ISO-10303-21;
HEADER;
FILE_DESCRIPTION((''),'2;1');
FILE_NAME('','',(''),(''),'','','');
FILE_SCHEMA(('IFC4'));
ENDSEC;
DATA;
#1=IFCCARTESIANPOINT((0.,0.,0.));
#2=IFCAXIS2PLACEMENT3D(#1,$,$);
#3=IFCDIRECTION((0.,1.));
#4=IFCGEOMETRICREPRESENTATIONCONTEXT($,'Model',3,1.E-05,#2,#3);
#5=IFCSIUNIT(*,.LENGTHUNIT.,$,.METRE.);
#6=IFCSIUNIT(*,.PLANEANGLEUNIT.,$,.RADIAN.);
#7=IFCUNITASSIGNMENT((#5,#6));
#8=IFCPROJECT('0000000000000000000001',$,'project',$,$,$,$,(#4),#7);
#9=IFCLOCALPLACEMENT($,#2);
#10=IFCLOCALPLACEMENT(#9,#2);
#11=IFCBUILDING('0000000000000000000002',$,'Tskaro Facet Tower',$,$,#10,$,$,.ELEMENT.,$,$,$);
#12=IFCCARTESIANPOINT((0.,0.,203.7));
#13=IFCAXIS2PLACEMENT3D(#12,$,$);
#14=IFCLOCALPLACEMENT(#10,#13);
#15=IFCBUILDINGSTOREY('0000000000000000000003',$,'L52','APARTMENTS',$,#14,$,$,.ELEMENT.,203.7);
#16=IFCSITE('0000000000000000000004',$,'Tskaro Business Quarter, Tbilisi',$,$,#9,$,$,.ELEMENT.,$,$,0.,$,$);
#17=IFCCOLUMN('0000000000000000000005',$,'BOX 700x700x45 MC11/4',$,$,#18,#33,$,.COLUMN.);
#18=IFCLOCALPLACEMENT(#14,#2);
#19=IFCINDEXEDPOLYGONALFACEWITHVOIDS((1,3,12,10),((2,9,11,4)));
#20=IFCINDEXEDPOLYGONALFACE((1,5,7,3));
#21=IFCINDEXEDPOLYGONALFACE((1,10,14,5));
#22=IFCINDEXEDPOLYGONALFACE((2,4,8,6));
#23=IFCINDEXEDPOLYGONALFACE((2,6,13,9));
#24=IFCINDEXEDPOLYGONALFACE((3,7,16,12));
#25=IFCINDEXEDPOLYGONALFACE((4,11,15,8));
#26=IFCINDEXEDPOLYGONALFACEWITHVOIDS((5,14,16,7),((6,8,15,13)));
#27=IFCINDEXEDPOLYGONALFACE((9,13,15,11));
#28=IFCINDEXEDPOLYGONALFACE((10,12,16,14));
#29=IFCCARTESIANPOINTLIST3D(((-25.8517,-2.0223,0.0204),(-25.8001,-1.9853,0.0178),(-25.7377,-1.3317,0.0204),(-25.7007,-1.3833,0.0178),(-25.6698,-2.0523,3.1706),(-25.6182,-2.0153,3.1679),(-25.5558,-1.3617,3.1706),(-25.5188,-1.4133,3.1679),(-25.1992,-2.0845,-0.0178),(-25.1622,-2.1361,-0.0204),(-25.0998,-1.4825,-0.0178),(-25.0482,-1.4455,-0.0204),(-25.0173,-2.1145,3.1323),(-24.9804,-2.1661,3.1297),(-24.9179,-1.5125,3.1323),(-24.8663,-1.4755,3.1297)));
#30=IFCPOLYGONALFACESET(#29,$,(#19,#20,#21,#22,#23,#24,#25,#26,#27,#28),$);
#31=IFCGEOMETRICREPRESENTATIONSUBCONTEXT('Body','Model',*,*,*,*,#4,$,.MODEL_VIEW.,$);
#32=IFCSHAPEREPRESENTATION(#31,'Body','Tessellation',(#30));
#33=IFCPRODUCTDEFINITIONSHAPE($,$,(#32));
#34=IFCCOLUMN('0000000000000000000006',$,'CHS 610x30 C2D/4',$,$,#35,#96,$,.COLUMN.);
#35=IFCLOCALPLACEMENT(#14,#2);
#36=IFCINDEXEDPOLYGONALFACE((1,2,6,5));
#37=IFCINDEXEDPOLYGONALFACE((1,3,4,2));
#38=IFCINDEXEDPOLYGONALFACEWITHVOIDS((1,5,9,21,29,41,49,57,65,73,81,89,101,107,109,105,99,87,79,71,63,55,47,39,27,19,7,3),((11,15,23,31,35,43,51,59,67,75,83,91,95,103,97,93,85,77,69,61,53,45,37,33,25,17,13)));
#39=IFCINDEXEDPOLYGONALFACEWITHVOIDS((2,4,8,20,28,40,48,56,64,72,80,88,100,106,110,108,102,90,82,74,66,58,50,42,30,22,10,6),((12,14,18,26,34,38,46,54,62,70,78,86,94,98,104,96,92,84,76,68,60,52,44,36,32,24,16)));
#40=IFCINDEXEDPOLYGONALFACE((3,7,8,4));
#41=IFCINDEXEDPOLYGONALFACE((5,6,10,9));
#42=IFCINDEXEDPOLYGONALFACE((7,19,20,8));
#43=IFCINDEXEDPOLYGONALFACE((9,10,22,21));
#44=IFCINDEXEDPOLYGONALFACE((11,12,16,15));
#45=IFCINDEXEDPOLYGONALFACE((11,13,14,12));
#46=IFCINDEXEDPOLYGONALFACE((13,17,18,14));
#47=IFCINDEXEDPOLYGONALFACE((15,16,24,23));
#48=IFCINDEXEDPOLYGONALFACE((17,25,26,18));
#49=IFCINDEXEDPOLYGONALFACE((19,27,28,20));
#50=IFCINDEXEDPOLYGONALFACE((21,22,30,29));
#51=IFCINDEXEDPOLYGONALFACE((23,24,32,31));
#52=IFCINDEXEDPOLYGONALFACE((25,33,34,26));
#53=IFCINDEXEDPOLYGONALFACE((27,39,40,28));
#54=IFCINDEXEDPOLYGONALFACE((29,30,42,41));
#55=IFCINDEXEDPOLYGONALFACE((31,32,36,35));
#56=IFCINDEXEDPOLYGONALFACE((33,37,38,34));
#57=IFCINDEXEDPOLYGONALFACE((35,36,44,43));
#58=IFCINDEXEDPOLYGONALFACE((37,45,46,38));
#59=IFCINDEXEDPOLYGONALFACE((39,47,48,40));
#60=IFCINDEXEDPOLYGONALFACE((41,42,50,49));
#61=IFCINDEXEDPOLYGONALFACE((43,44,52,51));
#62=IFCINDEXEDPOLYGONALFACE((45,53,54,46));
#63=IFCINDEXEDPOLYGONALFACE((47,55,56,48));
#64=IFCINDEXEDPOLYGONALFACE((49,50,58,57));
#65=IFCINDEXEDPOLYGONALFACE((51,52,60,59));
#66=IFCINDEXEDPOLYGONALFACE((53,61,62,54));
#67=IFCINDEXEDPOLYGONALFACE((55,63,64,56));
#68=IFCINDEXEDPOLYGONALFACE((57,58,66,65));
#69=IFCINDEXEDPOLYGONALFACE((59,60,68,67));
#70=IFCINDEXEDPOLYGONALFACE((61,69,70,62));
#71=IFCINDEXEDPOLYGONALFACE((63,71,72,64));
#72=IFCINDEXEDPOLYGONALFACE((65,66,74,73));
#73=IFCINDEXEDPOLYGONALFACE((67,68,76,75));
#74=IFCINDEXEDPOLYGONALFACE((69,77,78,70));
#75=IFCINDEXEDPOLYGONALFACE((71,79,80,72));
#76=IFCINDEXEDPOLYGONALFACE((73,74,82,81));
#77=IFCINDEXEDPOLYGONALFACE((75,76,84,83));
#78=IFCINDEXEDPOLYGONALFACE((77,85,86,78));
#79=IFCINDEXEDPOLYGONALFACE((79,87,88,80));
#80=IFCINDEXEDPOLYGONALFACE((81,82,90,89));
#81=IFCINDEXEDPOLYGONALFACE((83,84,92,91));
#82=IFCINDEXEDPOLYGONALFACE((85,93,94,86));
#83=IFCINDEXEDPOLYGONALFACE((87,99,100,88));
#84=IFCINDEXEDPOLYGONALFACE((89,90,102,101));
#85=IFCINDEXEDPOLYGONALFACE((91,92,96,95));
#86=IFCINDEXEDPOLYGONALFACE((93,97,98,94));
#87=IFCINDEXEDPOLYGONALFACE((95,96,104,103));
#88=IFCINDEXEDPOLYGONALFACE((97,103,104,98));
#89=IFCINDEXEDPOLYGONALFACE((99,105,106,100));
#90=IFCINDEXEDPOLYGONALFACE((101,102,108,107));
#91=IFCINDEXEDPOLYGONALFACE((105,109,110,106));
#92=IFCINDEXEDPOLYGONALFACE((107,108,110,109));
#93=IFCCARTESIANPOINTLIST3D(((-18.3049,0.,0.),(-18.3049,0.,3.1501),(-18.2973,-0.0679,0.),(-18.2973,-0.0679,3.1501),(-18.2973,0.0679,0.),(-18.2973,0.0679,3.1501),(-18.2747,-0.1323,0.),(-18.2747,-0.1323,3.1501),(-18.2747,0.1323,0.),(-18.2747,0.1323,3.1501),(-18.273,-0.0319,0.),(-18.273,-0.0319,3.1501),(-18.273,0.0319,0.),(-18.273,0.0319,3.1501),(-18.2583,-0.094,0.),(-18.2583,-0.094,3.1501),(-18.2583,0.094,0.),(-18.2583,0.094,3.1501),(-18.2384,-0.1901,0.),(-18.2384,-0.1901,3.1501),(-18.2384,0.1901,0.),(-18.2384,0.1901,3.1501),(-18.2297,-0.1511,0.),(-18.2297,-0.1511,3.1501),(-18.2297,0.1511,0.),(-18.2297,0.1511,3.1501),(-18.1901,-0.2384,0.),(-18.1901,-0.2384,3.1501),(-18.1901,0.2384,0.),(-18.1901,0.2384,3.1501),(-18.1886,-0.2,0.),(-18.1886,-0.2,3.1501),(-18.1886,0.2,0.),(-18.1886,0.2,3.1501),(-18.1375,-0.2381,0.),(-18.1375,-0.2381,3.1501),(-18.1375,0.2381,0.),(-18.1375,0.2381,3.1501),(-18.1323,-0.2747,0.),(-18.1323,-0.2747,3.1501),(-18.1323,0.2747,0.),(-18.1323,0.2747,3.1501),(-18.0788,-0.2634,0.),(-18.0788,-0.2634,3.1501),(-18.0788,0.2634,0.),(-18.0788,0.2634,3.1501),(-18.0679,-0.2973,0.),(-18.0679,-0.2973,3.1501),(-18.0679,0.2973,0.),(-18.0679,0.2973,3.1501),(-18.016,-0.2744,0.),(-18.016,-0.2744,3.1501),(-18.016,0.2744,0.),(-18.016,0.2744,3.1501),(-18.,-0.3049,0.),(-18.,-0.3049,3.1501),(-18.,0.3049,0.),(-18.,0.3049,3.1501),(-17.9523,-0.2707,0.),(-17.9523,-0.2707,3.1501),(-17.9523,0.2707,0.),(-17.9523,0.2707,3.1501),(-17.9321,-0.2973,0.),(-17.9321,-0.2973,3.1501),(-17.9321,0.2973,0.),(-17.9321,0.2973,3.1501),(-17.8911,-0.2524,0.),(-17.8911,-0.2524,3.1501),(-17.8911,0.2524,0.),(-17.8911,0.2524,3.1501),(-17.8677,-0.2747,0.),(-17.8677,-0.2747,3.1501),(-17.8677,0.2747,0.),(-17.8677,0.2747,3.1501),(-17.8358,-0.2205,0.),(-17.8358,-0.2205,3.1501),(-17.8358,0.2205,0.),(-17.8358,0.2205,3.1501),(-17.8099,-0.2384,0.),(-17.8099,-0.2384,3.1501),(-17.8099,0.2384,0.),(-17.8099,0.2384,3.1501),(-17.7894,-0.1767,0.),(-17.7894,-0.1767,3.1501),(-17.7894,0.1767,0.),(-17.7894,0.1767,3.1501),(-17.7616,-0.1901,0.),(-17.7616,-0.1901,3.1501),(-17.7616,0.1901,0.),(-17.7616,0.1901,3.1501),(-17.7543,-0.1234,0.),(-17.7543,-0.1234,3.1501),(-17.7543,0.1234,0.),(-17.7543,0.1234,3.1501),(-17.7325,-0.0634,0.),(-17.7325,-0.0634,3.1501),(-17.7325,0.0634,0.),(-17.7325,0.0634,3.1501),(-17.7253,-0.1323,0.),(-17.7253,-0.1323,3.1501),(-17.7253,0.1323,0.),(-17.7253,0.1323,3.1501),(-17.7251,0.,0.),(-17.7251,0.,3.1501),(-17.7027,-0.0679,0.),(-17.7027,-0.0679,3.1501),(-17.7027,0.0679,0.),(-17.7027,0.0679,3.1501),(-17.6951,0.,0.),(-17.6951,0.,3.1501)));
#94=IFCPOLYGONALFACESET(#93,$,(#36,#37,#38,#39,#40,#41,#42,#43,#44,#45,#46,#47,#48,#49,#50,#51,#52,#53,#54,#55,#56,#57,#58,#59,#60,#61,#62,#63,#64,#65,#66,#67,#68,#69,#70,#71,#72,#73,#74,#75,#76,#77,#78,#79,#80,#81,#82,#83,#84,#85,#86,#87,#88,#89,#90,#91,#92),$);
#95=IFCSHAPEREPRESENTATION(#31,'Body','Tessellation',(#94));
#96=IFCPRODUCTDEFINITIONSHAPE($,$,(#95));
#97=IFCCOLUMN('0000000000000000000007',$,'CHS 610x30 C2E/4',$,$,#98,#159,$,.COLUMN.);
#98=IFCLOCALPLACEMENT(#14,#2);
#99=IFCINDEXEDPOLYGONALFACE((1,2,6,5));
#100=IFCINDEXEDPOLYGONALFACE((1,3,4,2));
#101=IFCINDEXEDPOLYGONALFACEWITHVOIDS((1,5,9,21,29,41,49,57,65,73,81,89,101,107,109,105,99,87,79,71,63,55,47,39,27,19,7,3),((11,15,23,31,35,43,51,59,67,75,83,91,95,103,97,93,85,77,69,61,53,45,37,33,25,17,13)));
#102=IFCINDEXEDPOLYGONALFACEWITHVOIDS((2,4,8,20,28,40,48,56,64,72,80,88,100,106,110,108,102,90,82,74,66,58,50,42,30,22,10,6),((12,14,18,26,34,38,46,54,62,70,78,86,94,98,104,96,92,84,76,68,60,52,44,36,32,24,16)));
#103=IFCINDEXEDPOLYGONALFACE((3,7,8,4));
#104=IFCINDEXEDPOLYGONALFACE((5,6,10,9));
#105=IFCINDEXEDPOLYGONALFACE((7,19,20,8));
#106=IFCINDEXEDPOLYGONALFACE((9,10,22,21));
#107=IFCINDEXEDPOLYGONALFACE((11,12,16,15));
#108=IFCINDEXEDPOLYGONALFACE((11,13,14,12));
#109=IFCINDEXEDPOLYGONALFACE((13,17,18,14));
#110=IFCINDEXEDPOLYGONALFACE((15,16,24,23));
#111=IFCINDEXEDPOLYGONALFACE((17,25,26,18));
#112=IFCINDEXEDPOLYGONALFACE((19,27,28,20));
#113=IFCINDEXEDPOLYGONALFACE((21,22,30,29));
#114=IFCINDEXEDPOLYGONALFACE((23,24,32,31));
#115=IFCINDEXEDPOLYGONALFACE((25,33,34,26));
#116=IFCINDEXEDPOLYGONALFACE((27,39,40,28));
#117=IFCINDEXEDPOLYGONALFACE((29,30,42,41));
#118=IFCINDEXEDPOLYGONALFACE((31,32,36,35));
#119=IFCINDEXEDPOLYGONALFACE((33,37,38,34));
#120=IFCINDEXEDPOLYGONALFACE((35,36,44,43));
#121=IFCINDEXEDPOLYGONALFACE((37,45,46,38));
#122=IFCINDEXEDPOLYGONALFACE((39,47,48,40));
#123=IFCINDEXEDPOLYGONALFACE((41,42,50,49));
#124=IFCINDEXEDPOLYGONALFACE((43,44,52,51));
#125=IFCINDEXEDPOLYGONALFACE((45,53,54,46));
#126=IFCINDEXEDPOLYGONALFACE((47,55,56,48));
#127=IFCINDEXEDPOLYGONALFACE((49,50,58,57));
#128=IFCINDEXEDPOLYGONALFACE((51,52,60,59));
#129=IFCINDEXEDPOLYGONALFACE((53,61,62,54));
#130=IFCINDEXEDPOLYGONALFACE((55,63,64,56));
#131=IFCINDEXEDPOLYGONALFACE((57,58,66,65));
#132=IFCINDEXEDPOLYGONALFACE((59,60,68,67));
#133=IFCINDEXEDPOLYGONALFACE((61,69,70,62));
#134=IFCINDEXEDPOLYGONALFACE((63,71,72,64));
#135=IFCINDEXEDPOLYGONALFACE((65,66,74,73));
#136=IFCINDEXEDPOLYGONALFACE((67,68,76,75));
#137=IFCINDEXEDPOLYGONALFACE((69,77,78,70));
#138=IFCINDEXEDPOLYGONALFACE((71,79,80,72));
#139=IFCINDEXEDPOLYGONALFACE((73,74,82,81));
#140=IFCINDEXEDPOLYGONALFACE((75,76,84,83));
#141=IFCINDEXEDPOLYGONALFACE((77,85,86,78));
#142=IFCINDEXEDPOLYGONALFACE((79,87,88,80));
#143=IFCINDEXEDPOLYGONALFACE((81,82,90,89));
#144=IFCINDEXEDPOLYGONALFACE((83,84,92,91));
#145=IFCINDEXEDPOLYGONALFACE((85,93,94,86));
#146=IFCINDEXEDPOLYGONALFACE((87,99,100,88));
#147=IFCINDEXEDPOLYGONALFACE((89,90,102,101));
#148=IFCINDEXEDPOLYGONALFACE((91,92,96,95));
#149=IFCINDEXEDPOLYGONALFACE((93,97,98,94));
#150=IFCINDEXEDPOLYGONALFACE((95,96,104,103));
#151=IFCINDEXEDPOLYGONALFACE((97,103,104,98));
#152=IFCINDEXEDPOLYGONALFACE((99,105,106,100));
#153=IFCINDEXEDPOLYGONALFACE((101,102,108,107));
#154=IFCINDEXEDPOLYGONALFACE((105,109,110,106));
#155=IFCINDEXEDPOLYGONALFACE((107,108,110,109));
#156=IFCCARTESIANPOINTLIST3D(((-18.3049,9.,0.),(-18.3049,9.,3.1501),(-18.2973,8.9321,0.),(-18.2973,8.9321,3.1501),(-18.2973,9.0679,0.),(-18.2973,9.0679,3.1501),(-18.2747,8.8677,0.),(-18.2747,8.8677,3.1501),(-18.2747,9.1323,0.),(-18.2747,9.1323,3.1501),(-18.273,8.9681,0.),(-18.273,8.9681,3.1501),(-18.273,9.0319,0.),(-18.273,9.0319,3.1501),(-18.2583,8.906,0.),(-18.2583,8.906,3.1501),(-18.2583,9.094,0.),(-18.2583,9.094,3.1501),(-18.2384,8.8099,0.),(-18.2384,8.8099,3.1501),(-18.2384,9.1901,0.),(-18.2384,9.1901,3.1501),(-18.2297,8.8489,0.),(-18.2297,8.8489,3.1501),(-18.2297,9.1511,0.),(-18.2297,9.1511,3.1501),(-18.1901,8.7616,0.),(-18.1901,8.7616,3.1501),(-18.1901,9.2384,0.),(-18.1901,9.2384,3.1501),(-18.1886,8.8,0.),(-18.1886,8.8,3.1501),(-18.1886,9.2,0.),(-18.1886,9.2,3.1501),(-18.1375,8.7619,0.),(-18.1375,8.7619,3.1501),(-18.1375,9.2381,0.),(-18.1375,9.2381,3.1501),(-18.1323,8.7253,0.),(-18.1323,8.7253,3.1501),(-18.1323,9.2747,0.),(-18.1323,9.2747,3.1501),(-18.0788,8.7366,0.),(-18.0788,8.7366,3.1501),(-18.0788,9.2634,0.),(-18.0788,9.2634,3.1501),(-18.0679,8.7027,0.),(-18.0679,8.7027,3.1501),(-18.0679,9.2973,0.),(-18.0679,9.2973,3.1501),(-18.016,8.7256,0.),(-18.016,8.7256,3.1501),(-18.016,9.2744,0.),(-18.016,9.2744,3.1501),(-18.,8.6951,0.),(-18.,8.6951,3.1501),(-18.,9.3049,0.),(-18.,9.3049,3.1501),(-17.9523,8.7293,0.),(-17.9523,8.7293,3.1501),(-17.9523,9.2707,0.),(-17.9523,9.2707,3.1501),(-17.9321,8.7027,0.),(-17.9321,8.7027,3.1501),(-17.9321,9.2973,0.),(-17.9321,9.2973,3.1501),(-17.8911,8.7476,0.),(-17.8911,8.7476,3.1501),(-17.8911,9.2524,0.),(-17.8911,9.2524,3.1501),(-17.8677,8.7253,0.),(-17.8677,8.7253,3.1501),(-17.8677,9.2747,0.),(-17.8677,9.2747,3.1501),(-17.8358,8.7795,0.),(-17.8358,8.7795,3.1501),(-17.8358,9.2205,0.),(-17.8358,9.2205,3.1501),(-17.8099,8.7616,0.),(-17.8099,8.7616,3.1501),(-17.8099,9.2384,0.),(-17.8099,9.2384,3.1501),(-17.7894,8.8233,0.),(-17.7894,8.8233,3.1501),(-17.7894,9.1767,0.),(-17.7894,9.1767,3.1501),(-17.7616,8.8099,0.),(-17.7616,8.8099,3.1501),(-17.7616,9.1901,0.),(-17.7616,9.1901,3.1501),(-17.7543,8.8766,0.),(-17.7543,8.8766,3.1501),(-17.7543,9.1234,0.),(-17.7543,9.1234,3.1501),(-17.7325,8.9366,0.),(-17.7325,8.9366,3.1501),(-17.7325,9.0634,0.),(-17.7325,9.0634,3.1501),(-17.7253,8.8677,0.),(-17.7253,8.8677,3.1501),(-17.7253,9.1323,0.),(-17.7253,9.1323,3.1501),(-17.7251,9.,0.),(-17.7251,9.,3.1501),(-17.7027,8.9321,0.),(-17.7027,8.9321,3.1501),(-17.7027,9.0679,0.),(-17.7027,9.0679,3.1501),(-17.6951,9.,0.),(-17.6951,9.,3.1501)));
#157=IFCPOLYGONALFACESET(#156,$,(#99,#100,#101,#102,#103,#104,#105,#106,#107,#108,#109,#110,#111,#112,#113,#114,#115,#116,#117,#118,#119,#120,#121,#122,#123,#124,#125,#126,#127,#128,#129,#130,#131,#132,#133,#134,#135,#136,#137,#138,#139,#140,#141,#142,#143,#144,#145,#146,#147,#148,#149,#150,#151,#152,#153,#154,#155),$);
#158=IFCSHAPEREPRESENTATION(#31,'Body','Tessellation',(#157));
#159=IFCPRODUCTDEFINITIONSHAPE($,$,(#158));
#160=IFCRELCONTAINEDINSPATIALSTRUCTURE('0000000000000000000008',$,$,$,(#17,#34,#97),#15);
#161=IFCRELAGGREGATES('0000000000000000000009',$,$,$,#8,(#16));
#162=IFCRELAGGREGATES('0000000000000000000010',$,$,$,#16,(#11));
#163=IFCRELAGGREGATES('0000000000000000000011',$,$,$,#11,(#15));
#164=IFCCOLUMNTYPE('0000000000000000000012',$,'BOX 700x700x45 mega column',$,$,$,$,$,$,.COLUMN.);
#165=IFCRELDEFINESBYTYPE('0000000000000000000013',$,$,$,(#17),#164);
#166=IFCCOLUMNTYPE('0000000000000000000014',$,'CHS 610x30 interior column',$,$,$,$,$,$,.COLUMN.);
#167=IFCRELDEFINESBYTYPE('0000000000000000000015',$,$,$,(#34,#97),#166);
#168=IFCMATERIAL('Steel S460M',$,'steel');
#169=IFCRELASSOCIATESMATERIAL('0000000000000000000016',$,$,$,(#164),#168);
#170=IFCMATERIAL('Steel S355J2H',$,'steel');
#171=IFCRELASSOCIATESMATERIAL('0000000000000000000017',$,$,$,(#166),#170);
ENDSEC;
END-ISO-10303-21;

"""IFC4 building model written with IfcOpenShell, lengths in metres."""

from ifc_helpers import new_model, si_unit, direction, frame, origin, origin_2d, place, context, subcontext, project, spatial, hollow_rectangle, hollow_circle, extrude, material, material_profile, profile_set, type_object, element, save


model = new_model("IFC4")

# Units and contexts
model_context = context("Model", 3, precision=1e-05, world=origin(), true_north=direction((0.0, 1.0)))
body_context = subcontext(model_context, "Body", "Model", "MODEL_VIEW")
ifc_project = project(units=[si_unit("LENGTHUNIT", "METRE"), si_unit("PLANEANGLEUNIT", "RADIAN")], contexts=[model_context])

# Site, building, storey
site_placement = place(None, origin())
site = spatial("IfcSite", under=ifc_project, at=site_placement, Name="Tskaro Business Quarter, Tbilisi", CompositionType="ELEMENT", RefElevation=0.0)
building_placement = place(site_placement, origin())
building = spatial("IfcBuilding", under=site, at=building_placement, Name="Tskaro Facet Tower", CompositionType="ELEMENT")
storey_placement = place(building_placement, frame((0.0, 0.0, 203.7)))
storey = spatial("IfcBuildingStorey", under=building, at=storey_placement, Name="L52", Description="APARTMENTS", CompositionType="ELEMENT", Elevation=203.7)

# Columns
ifc_material_1 = material(Name="Steel S460M", Category="steel")
ifc_material_profile_1 = material_profile(ifc_material_1, hollow_rectangle(XDim=0.7, YDim=0.7, WallThickness=0.0449, at=origin_2d()), Name="BOX 700x700x45")
ifc_profile_set_1 = profile_set([ifc_material_profile_1], Name="Steel S460M")
column_type_1 = type_object("IfcColumnType", Name="BOX 700x700x45 mega column", PredefinedType="COLUMN", material=ifc_profile_set_1)
column_1_placement = place(storey_placement, frame((-25.45, -1.7339, 0.0), z_axis=(0.05764, -0.009516, 0.998292), x_axis=(0.162895, 0.986643, 0.0)))
element("IfcColumn", 1, at=column_1_placement, inside=storey, type_object=column_type_1, Name="BOX 700x700x45 MC11/4", PredefinedType="COLUMN", context=body_context, shape_type="SweptSolid", body=[
    extrude(hollow_rectangle(XDim=0.7, YDim=0.7, WallThickness=0.0449, at=origin_2d()), origin(), (0.0, 0.0, 1.0), 3.1555),
])
ifc_material_2 = material(Name="Steel S355J2H", Category="steel")
ifc_material_profile_2 = material_profile(ifc_material_2, hollow_circle(Radius=0.3049, WallThickness=0.03, at=origin_2d()), Name="CHS 610x30")
ifc_profile_set_2 = profile_set([ifc_material_profile_2], Name="Steel S355J2H")
column_type_2 = type_object("IfcColumnType", Name="CHS 610x30 interior column", PredefinedType="COLUMN", material=ifc_profile_set_2)
for number, where, z_axis, x_axis, name in (
    (2, (-18.0, 0.0, 0.0), (0.0, 0.0, 1.0), (1.0, 0.0, 0.0), "CHS 610x30 C2D/4"),
    (3, (-18.0, 9.0, 0.0), (0.0, 0.0, 1.0), (1.0, 0.0, 0.0), "CHS 610x30 C2E/4"),
):
    element("IfcColumn", number, at=place(storey_placement, frame(where, z_axis=z_axis, x_axis=x_axis)), inside=storey, type_object=column_type_2, Name=name, PredefinedType="COLUMN", context=body_context, shape_type="SweptSolid", body=[
        extrude(hollow_circle(Radius=0.3049, WallThickness=0.03, at=origin_2d()), origin(), (0.0, 0.0, 1.0), 3.1501),
    ])

save(model, "model.ifc")
